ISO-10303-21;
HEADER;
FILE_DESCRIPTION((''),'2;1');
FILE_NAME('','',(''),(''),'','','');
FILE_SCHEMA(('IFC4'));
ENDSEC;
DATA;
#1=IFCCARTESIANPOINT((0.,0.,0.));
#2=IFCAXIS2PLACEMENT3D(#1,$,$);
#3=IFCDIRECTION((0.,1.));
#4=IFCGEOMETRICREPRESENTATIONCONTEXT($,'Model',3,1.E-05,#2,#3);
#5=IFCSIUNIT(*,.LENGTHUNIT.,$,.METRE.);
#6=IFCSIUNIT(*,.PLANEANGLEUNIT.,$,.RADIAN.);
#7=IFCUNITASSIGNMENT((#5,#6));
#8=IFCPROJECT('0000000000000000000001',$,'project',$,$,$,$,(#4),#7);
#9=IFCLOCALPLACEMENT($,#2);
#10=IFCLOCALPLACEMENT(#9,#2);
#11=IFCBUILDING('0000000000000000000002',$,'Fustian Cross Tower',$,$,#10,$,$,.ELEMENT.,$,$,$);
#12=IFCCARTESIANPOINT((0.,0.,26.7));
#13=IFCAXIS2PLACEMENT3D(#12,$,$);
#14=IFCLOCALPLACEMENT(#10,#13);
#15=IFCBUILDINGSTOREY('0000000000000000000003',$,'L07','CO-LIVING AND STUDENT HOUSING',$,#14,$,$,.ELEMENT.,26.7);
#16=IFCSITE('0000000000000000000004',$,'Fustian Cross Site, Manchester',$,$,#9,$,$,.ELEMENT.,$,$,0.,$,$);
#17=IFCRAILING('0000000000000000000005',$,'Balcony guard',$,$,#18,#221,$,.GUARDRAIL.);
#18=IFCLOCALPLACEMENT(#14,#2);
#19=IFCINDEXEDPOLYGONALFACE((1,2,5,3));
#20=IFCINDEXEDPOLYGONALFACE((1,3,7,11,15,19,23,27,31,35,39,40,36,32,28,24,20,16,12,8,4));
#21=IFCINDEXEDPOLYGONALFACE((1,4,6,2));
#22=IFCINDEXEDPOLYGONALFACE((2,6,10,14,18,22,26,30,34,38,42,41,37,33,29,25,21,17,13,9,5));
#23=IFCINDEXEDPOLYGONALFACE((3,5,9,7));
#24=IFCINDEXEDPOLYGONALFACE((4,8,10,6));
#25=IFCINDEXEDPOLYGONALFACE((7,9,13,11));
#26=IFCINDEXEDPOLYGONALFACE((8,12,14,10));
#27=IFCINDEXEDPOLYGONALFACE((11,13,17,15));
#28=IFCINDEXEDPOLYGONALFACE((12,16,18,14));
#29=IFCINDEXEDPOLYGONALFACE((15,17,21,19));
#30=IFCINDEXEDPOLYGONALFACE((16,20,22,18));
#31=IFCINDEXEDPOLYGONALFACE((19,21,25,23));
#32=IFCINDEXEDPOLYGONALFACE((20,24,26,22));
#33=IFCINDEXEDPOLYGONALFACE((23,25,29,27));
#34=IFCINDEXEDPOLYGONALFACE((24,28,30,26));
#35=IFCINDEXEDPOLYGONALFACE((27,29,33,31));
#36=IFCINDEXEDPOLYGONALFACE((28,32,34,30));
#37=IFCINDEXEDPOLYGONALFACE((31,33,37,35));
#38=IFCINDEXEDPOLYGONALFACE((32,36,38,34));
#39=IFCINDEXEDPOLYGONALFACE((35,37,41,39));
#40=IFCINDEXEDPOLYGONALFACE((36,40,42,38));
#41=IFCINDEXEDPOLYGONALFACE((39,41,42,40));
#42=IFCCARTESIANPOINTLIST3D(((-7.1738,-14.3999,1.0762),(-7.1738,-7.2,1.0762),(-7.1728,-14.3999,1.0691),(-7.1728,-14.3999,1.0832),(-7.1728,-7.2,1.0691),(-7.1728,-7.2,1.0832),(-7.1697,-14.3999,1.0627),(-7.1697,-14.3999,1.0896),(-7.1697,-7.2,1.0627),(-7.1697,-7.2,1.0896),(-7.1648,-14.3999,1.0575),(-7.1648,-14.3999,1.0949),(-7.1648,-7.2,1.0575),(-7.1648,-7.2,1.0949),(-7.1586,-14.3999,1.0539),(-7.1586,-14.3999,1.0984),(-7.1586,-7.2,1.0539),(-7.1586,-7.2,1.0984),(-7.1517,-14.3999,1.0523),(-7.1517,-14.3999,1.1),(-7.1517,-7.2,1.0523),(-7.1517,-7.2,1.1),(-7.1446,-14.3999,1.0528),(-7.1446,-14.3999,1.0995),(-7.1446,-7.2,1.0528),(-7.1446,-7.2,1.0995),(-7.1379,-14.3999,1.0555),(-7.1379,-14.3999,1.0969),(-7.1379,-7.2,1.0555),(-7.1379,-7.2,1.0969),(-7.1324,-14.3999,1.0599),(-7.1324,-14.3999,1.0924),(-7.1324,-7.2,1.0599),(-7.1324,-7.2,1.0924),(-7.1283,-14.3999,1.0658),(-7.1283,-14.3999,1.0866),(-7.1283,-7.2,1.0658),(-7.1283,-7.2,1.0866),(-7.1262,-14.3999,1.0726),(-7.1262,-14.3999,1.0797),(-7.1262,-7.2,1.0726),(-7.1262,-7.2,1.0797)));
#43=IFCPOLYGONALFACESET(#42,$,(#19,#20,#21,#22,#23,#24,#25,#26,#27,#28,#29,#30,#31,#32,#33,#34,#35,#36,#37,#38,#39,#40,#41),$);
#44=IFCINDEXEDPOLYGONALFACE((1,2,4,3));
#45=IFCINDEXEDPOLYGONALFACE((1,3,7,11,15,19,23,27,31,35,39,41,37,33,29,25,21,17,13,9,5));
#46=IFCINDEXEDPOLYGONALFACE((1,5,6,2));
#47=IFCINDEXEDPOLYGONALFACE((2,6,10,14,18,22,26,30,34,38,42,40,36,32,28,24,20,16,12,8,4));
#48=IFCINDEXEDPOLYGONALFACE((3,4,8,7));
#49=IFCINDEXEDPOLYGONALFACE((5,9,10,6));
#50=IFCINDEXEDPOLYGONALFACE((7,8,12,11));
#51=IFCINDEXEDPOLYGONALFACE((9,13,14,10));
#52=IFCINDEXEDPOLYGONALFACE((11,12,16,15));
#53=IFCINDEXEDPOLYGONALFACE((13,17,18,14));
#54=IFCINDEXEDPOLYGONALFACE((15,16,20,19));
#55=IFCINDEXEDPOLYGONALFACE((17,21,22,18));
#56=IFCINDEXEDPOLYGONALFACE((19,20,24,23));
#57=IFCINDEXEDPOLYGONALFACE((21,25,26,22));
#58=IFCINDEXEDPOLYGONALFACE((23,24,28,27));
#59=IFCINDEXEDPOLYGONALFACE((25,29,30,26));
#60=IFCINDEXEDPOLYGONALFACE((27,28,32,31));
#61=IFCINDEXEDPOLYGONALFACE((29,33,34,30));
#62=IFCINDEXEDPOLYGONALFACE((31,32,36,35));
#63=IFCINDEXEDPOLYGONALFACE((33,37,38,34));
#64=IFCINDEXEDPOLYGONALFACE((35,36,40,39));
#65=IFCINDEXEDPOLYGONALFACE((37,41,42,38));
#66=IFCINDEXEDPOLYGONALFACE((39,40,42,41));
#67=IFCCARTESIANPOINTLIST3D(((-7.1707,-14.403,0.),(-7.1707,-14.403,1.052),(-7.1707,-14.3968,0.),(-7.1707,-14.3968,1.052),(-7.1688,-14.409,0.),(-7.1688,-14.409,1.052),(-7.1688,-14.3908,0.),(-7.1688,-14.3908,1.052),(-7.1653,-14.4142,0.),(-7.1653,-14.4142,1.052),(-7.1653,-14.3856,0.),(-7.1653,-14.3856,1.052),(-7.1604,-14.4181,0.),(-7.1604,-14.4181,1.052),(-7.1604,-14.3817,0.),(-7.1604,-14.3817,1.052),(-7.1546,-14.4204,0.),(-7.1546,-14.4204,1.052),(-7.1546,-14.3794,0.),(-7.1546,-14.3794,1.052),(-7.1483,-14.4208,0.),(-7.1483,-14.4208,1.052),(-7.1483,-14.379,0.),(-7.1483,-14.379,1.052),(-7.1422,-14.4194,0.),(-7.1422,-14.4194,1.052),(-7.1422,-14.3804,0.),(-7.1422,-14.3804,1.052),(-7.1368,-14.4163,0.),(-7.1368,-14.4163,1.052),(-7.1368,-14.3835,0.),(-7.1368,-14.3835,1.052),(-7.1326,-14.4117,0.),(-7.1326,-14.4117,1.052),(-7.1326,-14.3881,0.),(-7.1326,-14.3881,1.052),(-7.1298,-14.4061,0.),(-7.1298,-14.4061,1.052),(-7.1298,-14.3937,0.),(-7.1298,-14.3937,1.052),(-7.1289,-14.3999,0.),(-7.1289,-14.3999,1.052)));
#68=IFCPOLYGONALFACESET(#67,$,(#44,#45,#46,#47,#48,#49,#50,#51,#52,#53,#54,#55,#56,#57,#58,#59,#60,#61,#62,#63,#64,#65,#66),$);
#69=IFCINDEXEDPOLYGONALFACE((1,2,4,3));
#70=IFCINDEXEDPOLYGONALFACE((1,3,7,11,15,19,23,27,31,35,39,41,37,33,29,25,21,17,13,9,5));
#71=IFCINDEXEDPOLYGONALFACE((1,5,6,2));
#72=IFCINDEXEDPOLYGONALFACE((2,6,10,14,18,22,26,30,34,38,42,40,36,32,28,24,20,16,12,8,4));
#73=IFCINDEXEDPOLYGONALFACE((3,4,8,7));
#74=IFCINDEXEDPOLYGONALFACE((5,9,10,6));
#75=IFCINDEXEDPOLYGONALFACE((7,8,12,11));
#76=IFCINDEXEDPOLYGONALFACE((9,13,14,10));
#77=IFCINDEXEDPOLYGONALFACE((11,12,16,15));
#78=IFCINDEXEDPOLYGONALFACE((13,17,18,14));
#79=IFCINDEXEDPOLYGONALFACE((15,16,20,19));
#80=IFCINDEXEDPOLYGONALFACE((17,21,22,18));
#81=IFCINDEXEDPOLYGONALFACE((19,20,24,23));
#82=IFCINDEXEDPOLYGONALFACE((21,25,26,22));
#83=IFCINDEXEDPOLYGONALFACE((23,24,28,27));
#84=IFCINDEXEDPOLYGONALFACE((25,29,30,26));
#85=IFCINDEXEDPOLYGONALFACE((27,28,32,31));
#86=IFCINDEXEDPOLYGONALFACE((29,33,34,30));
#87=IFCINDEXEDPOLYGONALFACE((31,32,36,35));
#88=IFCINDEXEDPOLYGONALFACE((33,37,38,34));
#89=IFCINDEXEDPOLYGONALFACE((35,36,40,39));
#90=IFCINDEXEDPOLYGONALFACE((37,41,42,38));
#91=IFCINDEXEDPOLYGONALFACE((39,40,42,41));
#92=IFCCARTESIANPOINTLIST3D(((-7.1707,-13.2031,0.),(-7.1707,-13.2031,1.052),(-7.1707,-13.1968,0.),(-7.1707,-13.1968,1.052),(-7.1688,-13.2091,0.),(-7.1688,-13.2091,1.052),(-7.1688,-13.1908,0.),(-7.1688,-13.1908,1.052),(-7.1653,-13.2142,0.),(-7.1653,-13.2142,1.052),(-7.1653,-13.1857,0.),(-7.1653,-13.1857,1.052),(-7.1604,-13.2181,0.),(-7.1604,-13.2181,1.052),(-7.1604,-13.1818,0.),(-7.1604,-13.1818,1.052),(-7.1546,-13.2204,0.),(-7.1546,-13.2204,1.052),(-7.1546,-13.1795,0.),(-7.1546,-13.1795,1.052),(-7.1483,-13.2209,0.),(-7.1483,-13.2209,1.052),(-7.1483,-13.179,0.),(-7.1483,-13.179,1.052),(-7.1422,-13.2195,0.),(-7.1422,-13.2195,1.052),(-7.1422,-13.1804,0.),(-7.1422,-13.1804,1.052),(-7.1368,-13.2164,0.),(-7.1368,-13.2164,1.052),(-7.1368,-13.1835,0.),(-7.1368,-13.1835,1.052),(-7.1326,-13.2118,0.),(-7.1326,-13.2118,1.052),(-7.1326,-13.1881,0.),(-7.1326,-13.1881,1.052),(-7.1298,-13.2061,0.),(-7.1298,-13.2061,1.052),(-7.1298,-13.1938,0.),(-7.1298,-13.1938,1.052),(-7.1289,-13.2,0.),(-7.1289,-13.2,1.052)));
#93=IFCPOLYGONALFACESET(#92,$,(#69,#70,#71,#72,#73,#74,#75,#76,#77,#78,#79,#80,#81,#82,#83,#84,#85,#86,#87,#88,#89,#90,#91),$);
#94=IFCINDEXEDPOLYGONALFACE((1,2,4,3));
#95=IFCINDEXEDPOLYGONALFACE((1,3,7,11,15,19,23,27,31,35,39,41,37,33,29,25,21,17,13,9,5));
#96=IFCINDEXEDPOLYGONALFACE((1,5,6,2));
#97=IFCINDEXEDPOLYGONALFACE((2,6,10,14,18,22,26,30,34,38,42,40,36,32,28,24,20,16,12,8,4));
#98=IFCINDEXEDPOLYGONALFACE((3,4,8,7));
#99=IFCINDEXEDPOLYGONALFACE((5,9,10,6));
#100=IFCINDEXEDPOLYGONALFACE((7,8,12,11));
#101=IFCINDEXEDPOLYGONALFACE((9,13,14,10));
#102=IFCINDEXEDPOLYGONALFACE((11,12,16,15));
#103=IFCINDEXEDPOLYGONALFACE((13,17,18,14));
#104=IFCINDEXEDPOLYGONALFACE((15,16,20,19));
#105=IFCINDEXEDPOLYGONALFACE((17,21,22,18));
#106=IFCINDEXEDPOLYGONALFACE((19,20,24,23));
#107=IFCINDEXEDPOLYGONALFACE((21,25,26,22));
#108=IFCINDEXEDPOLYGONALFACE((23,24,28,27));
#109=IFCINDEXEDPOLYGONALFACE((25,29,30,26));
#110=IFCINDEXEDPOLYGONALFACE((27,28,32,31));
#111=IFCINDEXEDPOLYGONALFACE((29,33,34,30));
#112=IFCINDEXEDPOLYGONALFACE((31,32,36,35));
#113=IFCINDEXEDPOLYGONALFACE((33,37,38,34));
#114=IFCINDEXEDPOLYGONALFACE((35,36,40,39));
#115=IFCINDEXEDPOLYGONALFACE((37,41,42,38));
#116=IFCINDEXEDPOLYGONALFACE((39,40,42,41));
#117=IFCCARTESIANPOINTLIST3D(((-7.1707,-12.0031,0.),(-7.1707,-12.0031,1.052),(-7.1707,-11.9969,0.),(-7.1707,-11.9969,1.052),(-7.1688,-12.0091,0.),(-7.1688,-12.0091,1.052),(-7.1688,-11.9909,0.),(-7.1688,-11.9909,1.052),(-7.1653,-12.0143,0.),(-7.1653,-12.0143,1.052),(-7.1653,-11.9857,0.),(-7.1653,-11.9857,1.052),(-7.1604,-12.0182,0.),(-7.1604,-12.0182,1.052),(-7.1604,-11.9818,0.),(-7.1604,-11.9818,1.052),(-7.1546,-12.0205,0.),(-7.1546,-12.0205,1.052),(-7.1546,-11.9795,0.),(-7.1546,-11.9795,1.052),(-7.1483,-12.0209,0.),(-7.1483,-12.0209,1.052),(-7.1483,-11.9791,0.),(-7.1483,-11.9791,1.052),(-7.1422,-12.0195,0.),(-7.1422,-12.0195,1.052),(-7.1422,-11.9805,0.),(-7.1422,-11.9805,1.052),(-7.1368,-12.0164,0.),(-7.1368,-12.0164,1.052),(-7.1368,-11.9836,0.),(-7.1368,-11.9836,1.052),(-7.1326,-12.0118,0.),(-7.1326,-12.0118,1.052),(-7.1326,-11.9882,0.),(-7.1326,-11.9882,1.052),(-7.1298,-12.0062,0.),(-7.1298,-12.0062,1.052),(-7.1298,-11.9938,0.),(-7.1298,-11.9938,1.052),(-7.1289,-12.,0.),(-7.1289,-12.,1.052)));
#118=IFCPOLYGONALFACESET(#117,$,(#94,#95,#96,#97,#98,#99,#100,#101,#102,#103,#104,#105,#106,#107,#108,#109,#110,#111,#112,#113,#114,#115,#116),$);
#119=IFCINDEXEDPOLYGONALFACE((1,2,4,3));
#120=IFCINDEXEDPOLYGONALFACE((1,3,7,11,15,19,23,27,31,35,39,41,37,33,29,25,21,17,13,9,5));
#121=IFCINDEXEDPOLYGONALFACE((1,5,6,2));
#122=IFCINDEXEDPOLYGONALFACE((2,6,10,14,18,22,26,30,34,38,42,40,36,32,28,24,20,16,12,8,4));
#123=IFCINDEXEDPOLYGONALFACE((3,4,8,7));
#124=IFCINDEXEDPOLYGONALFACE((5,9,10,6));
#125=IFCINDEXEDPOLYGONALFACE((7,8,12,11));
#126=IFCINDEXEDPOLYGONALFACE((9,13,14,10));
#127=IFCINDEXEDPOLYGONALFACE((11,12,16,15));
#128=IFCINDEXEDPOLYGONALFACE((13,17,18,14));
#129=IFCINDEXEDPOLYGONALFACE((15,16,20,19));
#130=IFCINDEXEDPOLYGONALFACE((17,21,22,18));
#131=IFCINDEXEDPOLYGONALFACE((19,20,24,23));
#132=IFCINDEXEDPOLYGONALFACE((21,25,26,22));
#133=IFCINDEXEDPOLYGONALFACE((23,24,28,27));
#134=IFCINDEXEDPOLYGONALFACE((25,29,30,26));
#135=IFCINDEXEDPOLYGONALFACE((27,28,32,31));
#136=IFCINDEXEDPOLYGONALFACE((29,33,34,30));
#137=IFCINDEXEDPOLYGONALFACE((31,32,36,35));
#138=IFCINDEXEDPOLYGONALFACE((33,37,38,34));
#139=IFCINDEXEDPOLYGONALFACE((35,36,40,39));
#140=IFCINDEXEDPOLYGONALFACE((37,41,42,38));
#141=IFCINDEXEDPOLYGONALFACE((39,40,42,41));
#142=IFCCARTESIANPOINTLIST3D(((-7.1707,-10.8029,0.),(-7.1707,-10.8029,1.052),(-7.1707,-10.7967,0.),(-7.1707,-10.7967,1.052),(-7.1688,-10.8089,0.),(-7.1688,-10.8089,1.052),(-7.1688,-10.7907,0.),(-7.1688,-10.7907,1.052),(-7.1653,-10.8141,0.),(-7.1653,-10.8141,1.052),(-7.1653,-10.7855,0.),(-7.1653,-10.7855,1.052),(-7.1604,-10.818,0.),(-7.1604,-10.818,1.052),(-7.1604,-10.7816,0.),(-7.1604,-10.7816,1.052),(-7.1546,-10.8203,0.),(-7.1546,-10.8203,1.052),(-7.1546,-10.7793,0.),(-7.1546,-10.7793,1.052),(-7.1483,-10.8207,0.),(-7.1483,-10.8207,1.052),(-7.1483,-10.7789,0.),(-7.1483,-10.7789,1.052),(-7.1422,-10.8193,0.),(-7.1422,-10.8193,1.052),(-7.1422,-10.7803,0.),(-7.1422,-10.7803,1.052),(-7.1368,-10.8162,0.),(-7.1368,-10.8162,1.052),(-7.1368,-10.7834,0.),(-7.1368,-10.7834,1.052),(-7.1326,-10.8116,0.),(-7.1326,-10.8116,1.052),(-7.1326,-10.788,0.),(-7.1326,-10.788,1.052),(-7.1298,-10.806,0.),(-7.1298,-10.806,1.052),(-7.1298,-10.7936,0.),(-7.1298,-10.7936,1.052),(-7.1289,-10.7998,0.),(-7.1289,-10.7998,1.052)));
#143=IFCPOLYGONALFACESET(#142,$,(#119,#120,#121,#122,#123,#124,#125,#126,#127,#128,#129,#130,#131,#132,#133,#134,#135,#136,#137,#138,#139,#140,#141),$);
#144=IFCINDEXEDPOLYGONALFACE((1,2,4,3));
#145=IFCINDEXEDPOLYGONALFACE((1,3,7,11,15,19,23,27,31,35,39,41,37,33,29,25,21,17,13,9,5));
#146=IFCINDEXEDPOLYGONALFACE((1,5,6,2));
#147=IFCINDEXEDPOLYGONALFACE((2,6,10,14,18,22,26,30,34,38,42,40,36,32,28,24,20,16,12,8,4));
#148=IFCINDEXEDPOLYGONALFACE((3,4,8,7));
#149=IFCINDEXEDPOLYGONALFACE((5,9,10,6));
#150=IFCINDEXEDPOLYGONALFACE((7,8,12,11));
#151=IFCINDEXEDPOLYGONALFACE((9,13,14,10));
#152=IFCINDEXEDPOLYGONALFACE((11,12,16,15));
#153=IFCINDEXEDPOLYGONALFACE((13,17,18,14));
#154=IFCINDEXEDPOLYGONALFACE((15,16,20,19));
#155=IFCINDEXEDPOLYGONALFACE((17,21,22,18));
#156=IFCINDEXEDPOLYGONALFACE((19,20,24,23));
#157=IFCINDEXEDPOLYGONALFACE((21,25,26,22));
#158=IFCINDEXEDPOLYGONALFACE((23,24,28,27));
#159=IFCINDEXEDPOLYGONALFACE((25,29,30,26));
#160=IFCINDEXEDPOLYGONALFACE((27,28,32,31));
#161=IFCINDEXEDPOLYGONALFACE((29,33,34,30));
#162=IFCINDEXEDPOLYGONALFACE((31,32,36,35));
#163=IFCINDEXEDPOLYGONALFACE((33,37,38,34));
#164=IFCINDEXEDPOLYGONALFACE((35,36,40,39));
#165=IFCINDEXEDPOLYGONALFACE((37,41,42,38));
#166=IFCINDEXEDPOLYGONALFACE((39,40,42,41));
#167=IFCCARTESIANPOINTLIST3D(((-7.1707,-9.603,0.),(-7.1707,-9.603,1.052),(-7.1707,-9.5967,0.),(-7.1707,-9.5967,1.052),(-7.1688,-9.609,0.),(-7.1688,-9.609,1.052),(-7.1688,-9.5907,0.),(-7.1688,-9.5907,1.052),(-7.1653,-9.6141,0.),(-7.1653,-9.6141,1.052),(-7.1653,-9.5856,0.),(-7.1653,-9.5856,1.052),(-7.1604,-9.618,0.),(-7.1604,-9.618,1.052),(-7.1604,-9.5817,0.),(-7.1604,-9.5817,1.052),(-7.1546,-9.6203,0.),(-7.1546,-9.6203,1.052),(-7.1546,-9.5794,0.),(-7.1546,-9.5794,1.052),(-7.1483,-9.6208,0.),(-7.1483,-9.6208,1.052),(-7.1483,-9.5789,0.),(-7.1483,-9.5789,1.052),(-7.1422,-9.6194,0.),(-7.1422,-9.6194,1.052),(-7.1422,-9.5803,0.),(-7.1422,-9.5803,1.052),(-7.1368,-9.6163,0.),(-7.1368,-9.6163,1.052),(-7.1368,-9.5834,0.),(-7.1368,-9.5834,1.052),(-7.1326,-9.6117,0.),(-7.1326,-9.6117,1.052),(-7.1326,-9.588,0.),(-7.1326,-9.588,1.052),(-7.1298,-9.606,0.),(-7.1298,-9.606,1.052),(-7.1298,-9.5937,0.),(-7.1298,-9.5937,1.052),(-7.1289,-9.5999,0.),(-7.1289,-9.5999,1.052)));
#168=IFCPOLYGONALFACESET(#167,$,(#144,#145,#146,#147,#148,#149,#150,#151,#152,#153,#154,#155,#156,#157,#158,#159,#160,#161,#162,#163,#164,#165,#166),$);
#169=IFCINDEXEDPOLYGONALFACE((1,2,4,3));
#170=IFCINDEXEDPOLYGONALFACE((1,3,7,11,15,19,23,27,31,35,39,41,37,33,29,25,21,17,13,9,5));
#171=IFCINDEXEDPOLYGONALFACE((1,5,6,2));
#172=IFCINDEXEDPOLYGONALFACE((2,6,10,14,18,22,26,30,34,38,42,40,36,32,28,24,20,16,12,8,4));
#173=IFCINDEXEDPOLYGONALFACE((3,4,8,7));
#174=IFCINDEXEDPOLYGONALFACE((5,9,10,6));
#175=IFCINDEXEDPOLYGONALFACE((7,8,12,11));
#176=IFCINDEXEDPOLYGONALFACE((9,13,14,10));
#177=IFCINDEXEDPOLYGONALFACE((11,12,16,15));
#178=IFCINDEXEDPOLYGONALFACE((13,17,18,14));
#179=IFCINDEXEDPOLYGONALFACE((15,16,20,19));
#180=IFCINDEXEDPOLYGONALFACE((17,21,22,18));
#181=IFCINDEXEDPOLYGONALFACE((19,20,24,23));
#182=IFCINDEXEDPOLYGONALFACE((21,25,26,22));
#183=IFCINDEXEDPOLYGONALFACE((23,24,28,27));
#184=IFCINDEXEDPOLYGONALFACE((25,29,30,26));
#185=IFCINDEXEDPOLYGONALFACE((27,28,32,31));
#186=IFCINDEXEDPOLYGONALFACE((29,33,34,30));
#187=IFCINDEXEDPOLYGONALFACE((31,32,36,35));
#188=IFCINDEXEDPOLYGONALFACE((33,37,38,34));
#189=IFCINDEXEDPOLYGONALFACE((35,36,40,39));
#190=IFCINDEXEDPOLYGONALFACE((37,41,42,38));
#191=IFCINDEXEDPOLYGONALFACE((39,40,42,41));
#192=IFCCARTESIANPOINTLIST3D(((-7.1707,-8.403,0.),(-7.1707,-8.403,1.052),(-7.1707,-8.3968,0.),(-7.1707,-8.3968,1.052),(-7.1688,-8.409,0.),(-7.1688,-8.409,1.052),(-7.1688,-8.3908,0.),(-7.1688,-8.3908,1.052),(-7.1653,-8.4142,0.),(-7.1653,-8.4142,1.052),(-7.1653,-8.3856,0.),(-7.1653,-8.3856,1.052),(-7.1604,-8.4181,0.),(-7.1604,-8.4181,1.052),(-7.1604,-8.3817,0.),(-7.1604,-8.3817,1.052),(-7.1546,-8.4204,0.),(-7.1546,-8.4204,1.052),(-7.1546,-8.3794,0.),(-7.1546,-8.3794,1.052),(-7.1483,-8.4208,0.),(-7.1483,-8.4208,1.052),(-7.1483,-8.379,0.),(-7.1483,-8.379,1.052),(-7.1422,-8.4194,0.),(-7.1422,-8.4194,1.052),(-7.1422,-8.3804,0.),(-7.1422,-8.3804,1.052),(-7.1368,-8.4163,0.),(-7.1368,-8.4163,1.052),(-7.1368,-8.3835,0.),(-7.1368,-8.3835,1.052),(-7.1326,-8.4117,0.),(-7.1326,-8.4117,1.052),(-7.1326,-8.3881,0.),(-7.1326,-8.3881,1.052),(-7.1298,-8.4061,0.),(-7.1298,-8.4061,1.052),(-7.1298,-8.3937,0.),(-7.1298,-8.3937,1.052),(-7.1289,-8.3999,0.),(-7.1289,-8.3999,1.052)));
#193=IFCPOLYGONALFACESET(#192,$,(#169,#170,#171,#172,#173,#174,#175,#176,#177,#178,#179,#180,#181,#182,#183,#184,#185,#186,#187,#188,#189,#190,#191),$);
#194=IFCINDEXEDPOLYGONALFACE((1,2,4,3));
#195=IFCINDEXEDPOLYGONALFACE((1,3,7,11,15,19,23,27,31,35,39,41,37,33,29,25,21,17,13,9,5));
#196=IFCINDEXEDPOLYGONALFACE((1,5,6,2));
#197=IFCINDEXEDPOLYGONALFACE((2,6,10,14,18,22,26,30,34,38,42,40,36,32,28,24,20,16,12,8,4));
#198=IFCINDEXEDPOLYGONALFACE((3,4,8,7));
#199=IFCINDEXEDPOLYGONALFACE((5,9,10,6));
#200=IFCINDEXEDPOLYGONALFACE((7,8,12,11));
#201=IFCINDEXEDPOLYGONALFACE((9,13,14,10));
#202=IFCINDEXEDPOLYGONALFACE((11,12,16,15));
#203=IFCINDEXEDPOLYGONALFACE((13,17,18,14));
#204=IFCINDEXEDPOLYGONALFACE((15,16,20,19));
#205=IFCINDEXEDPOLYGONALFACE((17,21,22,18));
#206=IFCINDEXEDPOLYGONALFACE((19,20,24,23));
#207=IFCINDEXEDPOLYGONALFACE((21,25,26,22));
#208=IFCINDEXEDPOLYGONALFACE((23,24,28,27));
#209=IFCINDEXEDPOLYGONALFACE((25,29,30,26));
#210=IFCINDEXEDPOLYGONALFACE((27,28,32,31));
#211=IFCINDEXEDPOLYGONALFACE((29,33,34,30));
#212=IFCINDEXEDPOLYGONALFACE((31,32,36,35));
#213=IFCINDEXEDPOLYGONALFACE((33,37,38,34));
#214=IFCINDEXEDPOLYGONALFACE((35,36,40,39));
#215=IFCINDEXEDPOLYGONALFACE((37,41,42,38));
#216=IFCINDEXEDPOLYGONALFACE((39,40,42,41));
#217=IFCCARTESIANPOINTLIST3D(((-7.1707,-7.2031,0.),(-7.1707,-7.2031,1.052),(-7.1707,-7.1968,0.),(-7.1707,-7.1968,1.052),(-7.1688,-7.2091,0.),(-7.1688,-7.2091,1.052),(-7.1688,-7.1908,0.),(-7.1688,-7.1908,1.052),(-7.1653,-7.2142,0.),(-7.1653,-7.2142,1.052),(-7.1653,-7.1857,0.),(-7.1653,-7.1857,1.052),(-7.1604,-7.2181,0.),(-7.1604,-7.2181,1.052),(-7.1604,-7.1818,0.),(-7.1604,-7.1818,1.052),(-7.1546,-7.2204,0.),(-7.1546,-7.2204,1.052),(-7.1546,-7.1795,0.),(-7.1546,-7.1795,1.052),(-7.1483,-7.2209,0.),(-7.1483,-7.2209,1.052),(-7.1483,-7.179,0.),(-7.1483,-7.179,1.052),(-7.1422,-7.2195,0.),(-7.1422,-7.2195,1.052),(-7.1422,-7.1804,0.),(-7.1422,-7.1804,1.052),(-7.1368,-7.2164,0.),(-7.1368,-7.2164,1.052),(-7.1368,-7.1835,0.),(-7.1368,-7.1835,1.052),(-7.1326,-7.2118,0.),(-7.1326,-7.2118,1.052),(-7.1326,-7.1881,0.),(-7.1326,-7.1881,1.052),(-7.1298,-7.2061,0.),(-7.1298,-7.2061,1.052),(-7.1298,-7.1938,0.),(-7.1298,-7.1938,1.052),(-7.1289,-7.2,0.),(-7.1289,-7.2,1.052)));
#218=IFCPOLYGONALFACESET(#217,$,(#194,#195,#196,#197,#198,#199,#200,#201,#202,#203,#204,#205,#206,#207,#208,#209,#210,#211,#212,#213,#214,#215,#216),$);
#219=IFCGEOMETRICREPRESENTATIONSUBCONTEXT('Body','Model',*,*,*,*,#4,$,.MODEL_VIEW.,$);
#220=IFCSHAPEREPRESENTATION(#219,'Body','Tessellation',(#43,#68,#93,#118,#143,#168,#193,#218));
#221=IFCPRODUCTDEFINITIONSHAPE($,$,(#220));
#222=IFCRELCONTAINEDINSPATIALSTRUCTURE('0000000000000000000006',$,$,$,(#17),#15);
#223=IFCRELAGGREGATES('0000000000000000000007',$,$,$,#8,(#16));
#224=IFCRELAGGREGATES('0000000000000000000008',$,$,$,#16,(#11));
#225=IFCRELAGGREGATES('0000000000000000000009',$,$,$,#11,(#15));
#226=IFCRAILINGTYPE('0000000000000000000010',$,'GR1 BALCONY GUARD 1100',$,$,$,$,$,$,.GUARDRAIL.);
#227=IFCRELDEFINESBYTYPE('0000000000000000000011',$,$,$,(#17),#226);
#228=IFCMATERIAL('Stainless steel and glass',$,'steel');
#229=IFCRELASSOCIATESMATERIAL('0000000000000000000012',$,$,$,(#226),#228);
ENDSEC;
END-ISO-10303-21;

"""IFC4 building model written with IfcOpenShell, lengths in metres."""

from ifc_helpers import new_model, si_unit, direction, frame, origin, origin_2d, place, context, subcontext, project, spatial, circle, extrude, material, type_object, element, save


model = new_model("IFC4")

# Units and contexts
model_context = context("Model", 3, precision=1e-05, world=origin(), true_north=direction((0.0, 1.0)))
body_context = subcontext(model_context, "Body", "Model", "MODEL_VIEW")
ifc_project = project(units=[si_unit("LENGTHUNIT", "METRE"), si_unit("PLANEANGLEUNIT", "RADIAN")], contexts=[model_context])

# Site, building, storey
site_placement = place(None, origin())
site = spatial("IfcSite", under=ifc_project, at=site_placement, Name="Fustian Cross Site, Manchester", CompositionType="ELEMENT", RefElevation=0.0)
building_placement = place(site_placement, origin())
building = spatial("IfcBuilding", under=site, at=building_placement, Name="Fustian Cross Tower", CompositionType="ELEMENT")
storey_placement = place(building_placement, frame((0.0, 0.0, 26.7)))
storey = spatial("IfcBuildingStorey", under=building, at=storey_placement, Name="L07", Description="CO-LIVING AND STUDENT HOUSING", CompositionType="ELEMENT", Elevation=26.7)

# Railing
ifc_material_1 = material(Name="Stainless steel and glass", Category="steel")
railing_type = type_object("IfcRailingType", Name="GR1 BALCONY GUARD 1100", PredefinedType="GUARDRAIL", material=ifc_material_1)
railing_placement = place(storey_placement, frame((-7.1499, -14.3999, 0.0)))
element("IfcRailing", 1, at=railing_placement, inside=storey, type_object=railing_type, Name="Balcony guard", PredefinedType="GUARDRAIL", context=body_context, shape_type="SweptSolid", body=[
    extrude(circle(Radius=0.0239, at=origin_2d()), frame((0.0, 0.0, 1.0762), z_axis=(0.0, 1.0, 0.0), x_axis=(-1.0, 0.0, 0.0)), (0.0, 0.0, 1.0), 7.2),
    extrude(circle(Radius=0.021, at=origin_2d()), origin(), (0.0, 0.0, 1.0), 1.052),
    extrude(circle(Radius=0.021, at=origin_2d()), frame((0.0, 1.2, 0.0)), (0.0, 0.0, 1.0), 1.052),
    extrude(circle(Radius=0.021, at=origin_2d()), frame((0.0, 2.3999, 0.0)), (0.0, 0.0, 1.0), 1.052),
    extrude(circle(Radius=0.021, at=origin_2d()), frame((0.0, 3.6001, 0.0)), (0.0, 0.0, 1.0), 1.052),
    extrude(circle(Radius=0.021, at=origin_2d()), frame((0.0, 4.8, 0.0)), (0.0, 0.0, 1.0), 1.052),
    extrude(circle(Radius=0.021, at=origin_2d()), frame((0.0, 6.0, 0.0)), (0.0, 0.0, 1.0), 1.052),
    extrude(circle(Radius=0.021, at=origin_2d()), frame((0.0, 7.2, 0.0)), (0.0, 0.0, 1.0), 1.052),
])

save(model, "model.ifc")
